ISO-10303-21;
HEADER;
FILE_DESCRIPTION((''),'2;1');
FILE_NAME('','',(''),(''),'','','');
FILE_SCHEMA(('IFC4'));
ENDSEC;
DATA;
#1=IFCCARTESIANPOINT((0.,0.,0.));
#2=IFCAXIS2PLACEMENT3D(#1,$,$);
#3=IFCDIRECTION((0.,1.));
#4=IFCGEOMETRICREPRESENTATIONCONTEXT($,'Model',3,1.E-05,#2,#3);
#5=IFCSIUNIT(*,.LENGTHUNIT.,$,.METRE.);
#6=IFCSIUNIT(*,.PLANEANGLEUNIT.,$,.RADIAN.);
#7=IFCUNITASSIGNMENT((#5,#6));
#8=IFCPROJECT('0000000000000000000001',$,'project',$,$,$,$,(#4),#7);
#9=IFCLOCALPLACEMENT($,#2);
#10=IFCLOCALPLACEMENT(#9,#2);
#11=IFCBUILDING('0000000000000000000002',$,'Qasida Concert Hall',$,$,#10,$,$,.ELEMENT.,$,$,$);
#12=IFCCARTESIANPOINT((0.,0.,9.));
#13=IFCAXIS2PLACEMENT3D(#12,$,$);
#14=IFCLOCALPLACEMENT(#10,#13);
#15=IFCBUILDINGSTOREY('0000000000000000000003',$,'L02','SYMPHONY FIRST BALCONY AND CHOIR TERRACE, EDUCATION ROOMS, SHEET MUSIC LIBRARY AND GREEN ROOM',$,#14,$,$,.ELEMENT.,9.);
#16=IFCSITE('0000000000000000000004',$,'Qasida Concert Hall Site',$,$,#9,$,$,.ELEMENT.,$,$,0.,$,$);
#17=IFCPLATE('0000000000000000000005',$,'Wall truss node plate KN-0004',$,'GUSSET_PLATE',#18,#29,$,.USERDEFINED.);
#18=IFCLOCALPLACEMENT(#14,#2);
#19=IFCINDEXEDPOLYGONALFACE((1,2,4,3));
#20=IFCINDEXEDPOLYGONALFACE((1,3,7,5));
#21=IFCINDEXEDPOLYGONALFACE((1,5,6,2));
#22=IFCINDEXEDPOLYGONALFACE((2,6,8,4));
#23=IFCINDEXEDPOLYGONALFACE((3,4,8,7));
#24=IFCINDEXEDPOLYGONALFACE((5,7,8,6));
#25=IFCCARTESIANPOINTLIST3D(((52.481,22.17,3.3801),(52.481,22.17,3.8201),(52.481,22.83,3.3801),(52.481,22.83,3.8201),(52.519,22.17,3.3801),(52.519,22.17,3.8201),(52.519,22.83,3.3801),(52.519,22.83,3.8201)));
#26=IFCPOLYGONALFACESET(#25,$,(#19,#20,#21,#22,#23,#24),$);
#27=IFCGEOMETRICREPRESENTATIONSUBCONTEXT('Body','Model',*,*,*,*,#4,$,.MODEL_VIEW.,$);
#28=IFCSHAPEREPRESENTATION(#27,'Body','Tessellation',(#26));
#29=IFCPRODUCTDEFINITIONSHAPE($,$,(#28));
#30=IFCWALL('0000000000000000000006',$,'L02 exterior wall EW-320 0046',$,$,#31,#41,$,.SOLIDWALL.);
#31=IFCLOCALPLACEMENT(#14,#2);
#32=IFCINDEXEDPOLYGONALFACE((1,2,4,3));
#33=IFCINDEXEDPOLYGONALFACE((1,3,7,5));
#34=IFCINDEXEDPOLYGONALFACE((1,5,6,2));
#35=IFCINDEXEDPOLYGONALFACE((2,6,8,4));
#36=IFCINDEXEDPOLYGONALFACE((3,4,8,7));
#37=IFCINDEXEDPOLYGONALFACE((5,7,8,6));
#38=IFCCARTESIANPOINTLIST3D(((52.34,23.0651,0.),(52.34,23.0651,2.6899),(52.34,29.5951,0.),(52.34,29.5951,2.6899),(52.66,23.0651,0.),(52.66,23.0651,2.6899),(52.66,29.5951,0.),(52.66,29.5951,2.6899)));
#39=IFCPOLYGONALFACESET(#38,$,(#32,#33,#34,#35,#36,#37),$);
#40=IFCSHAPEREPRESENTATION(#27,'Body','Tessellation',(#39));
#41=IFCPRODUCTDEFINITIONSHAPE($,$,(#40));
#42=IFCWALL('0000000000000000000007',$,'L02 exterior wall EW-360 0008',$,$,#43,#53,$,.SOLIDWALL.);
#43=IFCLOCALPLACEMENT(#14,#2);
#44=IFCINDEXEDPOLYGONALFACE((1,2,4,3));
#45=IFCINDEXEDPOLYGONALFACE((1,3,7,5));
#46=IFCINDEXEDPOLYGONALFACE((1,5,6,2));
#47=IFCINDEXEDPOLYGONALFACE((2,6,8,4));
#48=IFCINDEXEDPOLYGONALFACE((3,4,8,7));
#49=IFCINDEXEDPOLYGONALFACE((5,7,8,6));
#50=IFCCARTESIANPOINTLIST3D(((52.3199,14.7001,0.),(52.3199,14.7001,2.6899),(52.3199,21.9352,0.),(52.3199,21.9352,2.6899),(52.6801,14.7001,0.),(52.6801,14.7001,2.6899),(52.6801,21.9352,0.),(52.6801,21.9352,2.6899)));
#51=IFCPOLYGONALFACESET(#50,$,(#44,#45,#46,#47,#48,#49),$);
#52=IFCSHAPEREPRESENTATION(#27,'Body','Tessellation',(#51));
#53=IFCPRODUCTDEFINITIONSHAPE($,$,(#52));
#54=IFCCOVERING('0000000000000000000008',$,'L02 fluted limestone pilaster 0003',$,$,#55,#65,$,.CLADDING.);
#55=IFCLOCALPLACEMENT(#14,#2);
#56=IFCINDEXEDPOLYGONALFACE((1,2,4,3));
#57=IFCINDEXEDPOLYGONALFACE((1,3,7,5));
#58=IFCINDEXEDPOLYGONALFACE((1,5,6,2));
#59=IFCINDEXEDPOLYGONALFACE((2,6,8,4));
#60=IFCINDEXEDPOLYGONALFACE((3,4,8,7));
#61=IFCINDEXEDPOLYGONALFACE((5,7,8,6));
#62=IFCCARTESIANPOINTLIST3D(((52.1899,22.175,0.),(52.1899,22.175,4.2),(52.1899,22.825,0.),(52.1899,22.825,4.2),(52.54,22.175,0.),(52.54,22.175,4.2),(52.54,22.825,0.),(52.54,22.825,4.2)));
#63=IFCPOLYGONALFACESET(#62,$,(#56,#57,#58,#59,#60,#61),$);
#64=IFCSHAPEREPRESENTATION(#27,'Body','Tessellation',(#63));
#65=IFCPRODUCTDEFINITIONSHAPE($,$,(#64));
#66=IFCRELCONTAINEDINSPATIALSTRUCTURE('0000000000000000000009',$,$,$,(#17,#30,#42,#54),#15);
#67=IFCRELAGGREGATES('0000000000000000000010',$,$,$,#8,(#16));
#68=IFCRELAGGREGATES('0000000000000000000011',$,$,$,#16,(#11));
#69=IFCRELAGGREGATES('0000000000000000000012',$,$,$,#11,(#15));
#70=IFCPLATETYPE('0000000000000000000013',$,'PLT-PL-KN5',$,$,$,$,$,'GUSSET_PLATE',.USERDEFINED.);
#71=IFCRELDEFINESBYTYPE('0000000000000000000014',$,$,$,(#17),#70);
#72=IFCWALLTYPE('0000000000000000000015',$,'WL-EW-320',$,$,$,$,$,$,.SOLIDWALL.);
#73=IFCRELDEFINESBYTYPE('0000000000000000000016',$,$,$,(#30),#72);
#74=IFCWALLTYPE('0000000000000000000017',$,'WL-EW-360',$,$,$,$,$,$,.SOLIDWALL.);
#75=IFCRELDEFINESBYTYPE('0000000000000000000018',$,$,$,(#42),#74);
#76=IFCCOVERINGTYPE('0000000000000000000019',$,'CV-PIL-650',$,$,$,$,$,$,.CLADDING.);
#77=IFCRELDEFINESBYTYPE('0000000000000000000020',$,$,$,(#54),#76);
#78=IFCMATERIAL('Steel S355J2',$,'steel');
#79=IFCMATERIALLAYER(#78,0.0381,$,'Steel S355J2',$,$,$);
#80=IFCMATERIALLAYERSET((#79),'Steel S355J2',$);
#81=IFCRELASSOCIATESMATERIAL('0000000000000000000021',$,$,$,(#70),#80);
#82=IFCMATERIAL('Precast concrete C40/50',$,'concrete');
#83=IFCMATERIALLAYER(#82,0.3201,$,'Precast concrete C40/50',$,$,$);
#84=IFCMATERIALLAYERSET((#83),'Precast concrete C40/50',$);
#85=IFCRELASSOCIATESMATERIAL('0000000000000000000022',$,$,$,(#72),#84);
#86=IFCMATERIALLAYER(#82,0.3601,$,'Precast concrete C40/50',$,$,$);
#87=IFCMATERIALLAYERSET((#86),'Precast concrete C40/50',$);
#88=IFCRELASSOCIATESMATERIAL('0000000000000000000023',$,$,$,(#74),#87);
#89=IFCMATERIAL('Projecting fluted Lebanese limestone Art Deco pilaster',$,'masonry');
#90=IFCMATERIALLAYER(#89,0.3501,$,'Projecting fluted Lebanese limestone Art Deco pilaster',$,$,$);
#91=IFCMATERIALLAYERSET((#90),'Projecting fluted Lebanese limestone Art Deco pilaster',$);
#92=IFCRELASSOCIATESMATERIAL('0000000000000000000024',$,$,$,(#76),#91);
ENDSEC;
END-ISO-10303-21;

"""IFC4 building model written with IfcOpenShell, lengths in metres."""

from ifc_helpers import new_model, si_unit, direction, frame, frame_2d, origin, origin_2d, place, context, subcontext, project, spatial, rectangle, extrude, material, layer, layer_set, type_object, element, save


model = new_model("IFC4")

# Units and contexts
model_context = context("Model", 3, precision=1e-05, world=origin(), true_north=direction((0.0, 1.0)))
body_context = subcontext(model_context, "Body", "Model", "MODEL_VIEW")
ifc_project = project(units=[si_unit("LENGTHUNIT", "METRE"), si_unit("PLANEANGLEUNIT", "RADIAN")], contexts=[model_context])

# Site, building, storey
site_placement = place(None, origin())
site = spatial("IfcSite", under=ifc_project, at=site_placement, Name="Qasida Concert Hall Site", CompositionType="ELEMENT", RefElevation=0.0)
building_placement = place(site_placement, origin())
building = spatial("IfcBuilding", under=site, at=building_placement, Name="Qasida Concert Hall", CompositionType="ELEMENT")
storey_placement = place(building_placement, frame((0.0, 0.0, 9.0)))
storey = spatial("IfcBuildingStorey", under=building, at=storey_placement, Name="L02", Description="SYMPHONY FIRST BALCONY AND CHOIR TERRACE, EDUCATION ROOMS, SHEET MUSIC LIBRARY AND GREEN ROOM", CompositionType="ELEMENT", Elevation=9.0)

# Shared definitions
ifc_material_1 = material(Name="Steel S355J2", Category="steel")

# Plate
ifc_layer_1 = layer(ifc_material_1, 0.0381, Name="Steel S355J2")
ifc_layer_set_1 = layer_set([ifc_layer_1], Name="Steel S355J2")
plate_type_1 = type_object("IfcPlateType", Name="PLT-PL-KN5", ElementType="GUSSET_PLATE", PredefinedType="USERDEFINED", material=ifc_layer_set_1)
plate_1_placement = place(storey_placement, frame((52.5, 22.5, 3.3801), z_axis=(0.0, 0.0, 1.0), x_axis=(1.0, 0.0, 0.0)))
element("IfcPlate", 1, at=plate_1_placement, inside=storey, type_object=plate_type_1, Name="Wall truss node plate KN-0004", ObjectType="GUSSET_PLATE", PredefinedType="USERDEFINED", context=body_context, shape_type="SweptSolid", body=[
    extrude(rectangle(XDim=0.0381, YDim=0.6599, at=origin_2d()), origin(), (0.0, 0.0, 1.0), 0.4399),
])

# Walls
ifc_material_2 = material(Name="Precast concrete C40/50", Category="concrete")
ifc_layer_2 = layer(ifc_material_2, 0.3201, Name="Precast concrete C40/50")
ifc_layer_set_2 = layer_set([ifc_layer_2], Name="Precast concrete C40/50")
wall_type_1 = type_object("IfcWallType", Name="WL-EW-320", PredefinedType="SOLIDWALL", material=ifc_layer_set_2)
wall_1_placement = place(storey_placement, frame((52.5, 23.0649, 0.0), z_axis=(0.0, 0.0, 1.0), x_axis=(0.0, 1.0, 0.0)))
element("IfcWall", 2, at=wall_1_placement, inside=storey, type_object=wall_type_1, Name="L02 exterior wall EW-320 0046", PredefinedType="SOLIDWALL", context=body_context, shape_type="SweptSolid", body=[
    extrude(rectangle(XDim=6.53, YDim=0.3201, at=frame_2d((3.2651, 0.0))), origin(), (0.0, 0.0, 1.0), 2.6899),
])
ifc_layer_3 = layer(ifc_material_2, 0.3601, Name="Precast concrete C40/50")
ifc_layer_set_3 = layer_set([ifc_layer_3], Name="Precast concrete C40/50")
wall_type_2 = type_object("IfcWallType", Name="WL-EW-360", PredefinedType="SOLIDWALL", material=ifc_layer_set_3)
wall_2_placement = place(storey_placement, frame((52.5, 14.7, 0.0), z_axis=(0.0, 0.0, 1.0), x_axis=(0.0, 1.0, 0.0)))
element("IfcWall", 3, at=wall_2_placement, inside=storey, type_object=wall_type_2, Name="L02 exterior wall EW-360 0008", PredefinedType="SOLIDWALL", context=body_context, shape_type="SweptSolid", body=[
    extrude(rectangle(XDim=7.2351, YDim=0.3601, at=frame_2d((3.6177, 0.0))), origin(), (0.0, 0.0, 1.0), 2.6899),
])

# Covering
ifc_material_3 = material(Name="Projecting fluted Lebanese limestone Art Deco pilaster", Category="masonry")
ifc_layer_4 = layer(ifc_material_3, 0.3501, Name="Projecting fluted Lebanese limestone Art Deco pilaster")
ifc_layer_set_4 = layer_set([ifc_layer_4], Name="Projecting fluted Lebanese limestone Art Deco pilaster")
covering_type = type_object("IfcCoveringType", Name="CV-PIL-650", PredefinedType="CLADDING", material=ifc_layer_set_4)
covering_placement = place(storey_placement, frame((52.365, 22.5, 0.0), z_axis=(0.0, 0.0, 1.0), x_axis=(1.0, 0.0, 0.0)))
element("IfcCovering", 4, at=covering_placement, inside=storey, type_object=covering_type, Name="L02 fluted limestone pilaster 0003", PredefinedType="CLADDING", context=body_context, shape_type="SweptSolid", body=[
    extrude(rectangle(XDim=0.3501, YDim=0.6499, at=origin_2d()), origin(), (0.0, 0.0, 1.0), 4.2),
])

save(model, "model.ifc")
